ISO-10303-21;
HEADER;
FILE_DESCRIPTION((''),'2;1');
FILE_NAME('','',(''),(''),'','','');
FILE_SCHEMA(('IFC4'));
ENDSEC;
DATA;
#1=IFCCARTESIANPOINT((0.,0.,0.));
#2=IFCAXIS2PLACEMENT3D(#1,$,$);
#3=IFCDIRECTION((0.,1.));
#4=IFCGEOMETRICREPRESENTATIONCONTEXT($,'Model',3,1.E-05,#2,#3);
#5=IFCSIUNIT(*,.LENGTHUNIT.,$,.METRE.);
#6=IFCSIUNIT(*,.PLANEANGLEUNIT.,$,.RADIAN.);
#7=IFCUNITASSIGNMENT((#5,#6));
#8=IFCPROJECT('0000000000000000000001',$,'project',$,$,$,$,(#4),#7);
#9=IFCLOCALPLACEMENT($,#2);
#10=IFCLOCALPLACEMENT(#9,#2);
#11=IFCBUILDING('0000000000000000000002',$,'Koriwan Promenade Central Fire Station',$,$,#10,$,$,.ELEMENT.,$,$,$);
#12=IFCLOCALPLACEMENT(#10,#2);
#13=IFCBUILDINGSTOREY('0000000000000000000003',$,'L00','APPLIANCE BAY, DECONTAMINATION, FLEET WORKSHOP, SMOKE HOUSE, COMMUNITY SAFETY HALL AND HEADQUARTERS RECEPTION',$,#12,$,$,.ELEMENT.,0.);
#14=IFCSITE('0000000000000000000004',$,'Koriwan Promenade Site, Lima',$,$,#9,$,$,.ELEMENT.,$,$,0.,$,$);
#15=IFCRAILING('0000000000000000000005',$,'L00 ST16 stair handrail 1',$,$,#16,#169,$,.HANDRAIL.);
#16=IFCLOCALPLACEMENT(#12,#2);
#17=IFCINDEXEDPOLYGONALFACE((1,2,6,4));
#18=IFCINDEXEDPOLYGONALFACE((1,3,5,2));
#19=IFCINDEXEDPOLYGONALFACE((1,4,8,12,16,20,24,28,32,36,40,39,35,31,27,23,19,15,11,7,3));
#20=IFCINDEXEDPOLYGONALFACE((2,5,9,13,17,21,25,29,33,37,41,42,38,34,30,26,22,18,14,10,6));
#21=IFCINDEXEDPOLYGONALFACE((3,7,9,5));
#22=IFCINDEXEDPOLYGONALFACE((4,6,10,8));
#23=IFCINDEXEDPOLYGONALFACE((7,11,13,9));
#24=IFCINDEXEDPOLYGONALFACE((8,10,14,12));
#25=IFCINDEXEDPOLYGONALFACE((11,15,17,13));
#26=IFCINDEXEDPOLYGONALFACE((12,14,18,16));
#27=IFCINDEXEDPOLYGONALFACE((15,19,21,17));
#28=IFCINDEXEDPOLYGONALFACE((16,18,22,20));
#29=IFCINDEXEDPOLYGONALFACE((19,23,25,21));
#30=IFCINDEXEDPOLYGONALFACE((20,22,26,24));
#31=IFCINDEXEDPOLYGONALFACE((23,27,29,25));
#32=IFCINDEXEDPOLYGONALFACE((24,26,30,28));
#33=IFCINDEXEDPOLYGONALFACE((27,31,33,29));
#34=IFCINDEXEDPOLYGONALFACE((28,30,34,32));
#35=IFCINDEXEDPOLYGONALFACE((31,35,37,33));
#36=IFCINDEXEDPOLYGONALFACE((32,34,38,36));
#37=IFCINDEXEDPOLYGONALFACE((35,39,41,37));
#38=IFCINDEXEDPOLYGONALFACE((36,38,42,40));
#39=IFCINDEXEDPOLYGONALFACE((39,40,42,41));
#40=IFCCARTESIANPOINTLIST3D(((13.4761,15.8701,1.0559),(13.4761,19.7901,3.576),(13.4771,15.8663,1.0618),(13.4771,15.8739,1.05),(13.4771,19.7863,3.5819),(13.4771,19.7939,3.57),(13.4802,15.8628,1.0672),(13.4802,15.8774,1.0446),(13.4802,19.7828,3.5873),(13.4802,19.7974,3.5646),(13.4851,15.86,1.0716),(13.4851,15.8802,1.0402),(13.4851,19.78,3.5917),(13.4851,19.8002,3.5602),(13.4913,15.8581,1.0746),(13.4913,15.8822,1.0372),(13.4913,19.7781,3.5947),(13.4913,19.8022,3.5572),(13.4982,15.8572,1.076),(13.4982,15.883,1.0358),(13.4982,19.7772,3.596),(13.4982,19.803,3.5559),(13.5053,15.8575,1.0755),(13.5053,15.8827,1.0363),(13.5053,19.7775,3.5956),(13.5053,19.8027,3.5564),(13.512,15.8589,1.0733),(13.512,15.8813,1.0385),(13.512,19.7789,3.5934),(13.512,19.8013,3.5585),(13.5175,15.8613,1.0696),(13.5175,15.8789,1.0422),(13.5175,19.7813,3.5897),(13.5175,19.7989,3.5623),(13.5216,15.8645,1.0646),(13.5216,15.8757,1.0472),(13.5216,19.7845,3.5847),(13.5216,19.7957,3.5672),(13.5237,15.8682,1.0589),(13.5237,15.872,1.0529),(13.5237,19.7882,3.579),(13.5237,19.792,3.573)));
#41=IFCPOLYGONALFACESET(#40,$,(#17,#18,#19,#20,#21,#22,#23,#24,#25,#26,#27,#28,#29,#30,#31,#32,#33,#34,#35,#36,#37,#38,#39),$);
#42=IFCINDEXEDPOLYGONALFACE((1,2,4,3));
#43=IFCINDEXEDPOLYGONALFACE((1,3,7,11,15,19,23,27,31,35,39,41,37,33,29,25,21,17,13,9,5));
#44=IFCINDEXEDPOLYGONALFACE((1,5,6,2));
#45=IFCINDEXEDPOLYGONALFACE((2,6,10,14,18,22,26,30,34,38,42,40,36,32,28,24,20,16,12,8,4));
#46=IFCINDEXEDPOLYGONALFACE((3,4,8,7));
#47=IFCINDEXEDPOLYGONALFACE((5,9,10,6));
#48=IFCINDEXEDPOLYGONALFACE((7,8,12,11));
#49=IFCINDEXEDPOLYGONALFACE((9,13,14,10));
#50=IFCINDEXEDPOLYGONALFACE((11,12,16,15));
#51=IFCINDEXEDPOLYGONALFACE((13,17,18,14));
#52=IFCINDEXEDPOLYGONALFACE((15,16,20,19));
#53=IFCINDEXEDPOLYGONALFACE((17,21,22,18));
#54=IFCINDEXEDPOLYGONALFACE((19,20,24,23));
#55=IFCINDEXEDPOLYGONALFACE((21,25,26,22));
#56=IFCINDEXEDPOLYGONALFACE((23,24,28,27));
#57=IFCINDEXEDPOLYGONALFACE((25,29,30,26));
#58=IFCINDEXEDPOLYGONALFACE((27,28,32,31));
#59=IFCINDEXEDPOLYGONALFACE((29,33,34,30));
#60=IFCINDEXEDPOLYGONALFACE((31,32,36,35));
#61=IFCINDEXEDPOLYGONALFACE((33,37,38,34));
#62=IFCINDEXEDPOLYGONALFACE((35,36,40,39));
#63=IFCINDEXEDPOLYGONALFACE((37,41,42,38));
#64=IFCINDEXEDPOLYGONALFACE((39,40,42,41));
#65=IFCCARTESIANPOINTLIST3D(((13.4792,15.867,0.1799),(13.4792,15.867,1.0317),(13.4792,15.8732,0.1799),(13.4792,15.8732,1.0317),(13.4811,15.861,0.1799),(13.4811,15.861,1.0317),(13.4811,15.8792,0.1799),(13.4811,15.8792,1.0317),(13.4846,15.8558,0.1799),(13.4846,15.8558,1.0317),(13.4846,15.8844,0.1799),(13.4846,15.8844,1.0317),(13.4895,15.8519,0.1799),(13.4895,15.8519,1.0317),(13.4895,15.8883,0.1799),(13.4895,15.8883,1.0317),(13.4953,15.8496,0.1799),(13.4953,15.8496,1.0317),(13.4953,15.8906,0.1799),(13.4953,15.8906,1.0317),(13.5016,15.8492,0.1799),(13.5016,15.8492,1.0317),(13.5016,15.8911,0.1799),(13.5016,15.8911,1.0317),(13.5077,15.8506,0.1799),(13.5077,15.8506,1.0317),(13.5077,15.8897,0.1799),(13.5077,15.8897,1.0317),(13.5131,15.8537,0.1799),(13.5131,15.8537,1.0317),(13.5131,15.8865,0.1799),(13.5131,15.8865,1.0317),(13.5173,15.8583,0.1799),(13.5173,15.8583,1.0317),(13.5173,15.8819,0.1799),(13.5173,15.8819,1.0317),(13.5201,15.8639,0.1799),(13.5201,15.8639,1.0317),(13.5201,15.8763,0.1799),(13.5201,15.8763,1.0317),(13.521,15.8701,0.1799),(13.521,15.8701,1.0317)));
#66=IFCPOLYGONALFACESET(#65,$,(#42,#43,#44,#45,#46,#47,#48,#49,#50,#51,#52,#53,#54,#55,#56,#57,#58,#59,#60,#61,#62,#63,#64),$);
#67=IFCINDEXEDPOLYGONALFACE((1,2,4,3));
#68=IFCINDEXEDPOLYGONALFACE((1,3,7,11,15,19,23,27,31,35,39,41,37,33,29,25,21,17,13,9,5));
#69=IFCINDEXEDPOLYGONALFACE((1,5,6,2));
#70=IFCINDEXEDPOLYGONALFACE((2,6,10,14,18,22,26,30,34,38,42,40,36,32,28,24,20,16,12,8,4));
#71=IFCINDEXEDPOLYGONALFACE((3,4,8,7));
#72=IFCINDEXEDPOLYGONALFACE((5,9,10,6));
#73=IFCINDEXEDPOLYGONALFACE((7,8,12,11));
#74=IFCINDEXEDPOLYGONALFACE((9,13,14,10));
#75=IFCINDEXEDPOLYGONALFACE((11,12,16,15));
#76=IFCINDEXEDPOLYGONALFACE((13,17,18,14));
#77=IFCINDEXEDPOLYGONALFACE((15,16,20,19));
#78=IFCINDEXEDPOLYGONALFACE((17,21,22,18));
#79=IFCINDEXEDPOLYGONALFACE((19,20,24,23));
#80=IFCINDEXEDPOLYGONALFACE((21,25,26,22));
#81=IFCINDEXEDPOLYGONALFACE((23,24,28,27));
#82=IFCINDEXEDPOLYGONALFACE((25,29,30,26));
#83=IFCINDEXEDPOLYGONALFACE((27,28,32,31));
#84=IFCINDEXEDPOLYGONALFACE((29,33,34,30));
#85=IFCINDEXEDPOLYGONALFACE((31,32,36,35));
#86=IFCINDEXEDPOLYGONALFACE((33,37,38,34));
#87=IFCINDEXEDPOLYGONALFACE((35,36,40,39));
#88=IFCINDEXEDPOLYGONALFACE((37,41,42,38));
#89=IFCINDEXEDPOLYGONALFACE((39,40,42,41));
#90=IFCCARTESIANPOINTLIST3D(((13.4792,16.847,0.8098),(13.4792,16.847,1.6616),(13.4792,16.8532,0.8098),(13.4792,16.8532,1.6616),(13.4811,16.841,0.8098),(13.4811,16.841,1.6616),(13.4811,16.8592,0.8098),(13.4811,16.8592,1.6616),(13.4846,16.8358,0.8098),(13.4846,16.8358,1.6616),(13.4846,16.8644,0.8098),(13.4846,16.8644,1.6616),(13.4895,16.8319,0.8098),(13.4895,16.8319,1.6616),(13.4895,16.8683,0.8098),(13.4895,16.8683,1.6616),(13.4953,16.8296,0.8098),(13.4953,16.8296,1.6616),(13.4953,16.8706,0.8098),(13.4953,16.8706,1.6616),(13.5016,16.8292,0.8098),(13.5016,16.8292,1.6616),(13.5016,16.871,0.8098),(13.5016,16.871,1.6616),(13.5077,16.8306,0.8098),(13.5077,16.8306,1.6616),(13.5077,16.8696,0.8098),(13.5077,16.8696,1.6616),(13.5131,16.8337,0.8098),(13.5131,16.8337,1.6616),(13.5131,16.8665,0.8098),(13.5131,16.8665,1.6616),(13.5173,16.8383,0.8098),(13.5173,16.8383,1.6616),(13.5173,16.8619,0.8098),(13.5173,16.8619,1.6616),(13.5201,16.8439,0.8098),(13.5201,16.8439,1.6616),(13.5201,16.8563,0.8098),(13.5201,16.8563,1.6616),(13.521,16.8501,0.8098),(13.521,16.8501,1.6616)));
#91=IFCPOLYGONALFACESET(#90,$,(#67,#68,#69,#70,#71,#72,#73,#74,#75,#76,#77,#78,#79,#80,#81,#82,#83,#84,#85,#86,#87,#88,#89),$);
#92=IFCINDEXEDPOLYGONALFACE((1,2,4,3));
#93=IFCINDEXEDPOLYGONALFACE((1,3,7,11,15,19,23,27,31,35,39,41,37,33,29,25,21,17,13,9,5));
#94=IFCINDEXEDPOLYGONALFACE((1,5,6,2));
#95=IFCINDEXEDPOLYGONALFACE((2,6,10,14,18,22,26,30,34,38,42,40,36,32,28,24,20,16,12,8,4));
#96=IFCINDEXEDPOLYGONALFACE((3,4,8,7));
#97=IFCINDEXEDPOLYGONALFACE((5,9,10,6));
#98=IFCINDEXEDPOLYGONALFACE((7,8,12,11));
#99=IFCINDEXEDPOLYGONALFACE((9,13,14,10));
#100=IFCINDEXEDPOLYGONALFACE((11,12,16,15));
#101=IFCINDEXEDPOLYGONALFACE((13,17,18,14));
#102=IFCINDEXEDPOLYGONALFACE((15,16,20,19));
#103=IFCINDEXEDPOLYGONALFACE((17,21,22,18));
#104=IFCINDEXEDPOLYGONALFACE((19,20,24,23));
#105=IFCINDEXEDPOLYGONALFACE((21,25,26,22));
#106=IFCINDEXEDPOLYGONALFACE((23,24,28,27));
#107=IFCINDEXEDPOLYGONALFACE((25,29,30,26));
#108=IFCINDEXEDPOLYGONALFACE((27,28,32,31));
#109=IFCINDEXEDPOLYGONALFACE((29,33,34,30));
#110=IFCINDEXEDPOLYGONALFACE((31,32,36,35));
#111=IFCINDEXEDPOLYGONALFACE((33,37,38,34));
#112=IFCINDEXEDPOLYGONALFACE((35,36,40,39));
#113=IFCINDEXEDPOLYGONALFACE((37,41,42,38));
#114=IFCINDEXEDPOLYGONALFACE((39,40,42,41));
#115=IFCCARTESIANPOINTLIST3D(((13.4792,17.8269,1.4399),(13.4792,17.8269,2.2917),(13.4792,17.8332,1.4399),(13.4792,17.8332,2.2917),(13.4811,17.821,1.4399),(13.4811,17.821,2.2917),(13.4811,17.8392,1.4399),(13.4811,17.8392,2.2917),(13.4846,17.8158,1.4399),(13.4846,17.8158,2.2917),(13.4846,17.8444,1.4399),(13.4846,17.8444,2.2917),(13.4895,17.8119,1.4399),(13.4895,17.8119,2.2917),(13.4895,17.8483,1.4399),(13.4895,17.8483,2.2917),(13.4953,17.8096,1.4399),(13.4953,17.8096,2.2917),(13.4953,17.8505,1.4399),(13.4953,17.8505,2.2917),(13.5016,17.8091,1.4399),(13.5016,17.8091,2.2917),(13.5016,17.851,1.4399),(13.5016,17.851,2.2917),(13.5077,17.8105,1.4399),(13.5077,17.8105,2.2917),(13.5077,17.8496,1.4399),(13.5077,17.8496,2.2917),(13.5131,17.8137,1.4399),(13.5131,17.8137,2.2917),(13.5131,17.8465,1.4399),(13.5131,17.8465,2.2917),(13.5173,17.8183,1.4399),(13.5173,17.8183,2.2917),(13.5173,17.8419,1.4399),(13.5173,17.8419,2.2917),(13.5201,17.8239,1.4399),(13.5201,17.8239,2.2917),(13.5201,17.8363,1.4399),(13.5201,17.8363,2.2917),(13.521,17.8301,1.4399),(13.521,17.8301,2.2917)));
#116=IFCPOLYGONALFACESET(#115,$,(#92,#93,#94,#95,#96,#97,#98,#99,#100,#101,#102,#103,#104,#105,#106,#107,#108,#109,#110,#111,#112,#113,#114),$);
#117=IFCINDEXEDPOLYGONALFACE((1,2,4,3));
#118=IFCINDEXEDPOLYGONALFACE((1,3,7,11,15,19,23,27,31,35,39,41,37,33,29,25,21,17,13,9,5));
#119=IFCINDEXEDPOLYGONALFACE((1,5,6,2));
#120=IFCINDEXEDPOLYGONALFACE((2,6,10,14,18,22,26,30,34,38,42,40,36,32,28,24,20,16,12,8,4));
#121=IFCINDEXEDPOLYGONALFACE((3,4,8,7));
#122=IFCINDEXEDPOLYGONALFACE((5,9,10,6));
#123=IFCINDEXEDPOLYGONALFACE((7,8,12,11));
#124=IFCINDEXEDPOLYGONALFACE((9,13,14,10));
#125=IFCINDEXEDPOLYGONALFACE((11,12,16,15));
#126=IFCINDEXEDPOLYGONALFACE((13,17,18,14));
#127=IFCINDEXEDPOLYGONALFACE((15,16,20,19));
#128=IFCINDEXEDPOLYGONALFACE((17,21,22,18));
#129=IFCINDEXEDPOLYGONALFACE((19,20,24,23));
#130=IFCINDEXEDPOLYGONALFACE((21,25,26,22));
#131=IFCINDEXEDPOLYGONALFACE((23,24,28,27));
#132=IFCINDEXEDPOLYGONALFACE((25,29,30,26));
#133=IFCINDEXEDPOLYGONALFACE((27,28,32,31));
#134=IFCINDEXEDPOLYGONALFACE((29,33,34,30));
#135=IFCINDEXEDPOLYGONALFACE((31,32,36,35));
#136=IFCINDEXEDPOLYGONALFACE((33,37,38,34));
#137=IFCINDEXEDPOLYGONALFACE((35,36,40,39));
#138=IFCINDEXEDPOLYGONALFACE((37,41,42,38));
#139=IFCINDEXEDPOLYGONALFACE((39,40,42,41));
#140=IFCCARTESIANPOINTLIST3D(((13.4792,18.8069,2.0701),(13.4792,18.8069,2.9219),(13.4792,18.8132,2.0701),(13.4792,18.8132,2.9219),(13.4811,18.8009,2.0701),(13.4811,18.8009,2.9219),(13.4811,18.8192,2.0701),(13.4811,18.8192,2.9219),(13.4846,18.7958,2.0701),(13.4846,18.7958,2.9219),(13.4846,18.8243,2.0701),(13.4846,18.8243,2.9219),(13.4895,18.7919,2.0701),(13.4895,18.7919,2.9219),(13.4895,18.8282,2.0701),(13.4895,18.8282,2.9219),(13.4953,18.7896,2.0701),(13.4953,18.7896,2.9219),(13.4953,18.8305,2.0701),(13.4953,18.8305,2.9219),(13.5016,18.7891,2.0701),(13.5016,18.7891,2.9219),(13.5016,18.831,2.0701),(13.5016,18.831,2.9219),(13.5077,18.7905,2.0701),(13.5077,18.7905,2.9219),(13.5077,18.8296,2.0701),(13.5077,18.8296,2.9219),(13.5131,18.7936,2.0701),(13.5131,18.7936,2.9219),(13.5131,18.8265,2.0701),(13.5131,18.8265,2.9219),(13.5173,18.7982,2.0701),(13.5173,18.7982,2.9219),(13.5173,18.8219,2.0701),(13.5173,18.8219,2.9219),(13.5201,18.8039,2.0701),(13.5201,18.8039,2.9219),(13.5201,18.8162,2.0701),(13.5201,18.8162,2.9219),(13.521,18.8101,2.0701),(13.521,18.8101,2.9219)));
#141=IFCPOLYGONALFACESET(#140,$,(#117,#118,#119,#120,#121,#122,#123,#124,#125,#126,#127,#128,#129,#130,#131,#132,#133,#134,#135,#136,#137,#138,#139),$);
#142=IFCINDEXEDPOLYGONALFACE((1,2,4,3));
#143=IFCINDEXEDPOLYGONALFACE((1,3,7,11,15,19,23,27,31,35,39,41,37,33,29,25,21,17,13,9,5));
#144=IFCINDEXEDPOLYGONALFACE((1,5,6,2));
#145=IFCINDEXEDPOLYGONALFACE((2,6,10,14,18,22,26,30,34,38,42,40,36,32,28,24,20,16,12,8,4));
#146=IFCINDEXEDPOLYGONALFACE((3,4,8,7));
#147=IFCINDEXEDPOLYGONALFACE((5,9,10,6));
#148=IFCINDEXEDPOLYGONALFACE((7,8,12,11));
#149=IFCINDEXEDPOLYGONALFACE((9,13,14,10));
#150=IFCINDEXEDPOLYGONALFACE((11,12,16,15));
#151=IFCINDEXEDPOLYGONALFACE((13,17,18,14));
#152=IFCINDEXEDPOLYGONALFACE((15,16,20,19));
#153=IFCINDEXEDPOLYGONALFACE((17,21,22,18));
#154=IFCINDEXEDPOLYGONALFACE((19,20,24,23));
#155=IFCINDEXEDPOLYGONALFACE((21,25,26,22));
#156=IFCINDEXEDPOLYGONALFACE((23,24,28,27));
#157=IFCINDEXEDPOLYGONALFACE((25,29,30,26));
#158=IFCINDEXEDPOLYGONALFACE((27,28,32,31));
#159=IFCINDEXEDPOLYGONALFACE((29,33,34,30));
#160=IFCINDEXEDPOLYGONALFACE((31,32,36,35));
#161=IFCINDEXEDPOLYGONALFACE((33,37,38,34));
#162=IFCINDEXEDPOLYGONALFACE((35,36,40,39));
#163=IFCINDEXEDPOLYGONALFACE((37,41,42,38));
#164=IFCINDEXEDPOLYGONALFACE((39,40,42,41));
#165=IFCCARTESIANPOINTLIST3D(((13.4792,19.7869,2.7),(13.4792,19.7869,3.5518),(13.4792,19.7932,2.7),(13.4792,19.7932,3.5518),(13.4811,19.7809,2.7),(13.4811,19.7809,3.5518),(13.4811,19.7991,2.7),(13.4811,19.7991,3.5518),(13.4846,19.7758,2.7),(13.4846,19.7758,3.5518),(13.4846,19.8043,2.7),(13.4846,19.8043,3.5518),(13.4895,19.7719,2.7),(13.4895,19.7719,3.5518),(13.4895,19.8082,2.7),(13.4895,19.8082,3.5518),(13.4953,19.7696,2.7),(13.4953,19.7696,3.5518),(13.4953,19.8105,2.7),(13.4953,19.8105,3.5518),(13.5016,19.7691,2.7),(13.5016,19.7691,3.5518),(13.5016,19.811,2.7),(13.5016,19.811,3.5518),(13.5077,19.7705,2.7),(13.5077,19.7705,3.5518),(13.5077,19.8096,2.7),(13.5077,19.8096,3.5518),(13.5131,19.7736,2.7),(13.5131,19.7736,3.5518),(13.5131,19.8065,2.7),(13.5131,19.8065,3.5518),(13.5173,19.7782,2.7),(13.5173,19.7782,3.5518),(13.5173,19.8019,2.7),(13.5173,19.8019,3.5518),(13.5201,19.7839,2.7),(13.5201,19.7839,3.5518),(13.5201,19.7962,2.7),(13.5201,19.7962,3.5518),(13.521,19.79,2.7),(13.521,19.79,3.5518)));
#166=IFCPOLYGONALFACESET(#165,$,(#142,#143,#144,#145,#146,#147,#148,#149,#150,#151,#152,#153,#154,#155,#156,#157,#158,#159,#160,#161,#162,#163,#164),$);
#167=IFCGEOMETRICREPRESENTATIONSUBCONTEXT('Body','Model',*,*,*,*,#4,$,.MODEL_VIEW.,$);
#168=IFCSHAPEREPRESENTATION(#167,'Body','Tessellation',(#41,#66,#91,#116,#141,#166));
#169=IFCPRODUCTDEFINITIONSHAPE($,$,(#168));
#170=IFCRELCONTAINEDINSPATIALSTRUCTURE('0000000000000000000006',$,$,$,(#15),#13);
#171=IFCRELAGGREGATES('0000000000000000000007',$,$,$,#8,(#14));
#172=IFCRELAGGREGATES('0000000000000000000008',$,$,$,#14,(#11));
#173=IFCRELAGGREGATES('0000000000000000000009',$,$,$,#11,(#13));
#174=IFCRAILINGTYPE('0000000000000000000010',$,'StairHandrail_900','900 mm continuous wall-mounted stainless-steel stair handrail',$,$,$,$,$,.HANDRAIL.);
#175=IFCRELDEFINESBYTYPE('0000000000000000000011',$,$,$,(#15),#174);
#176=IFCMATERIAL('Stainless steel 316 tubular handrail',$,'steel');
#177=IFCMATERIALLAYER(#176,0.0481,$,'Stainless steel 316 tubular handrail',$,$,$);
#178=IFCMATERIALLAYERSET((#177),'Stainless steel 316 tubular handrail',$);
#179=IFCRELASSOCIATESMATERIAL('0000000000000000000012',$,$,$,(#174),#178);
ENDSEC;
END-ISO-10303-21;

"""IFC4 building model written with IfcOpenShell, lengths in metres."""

from ifc_helpers import new_model, si_unit, direction, frame, origin, origin_2d, place, context, subcontext, project, spatial, circle, extrude, material, layer, layer_set, type_object, element, save


model = new_model("IFC4")

# Units and contexts
model_context = context("Model", 3, precision=1e-05, world=origin(), true_north=direction((0.0, 1.0)))
body_context = subcontext(model_context, "Body", "Model", "MODEL_VIEW")
ifc_project = project(units=[si_unit("LENGTHUNIT", "METRE"), si_unit("PLANEANGLEUNIT", "RADIAN")], contexts=[model_context])

# Site, building, storey
site_placement = place(None, origin())
site = spatial("IfcSite", under=ifc_project, at=site_placement, Name="Koriwan Promenade Site, Lima", CompositionType="ELEMENT", RefElevation=0.0)
building_placement = place(site_placement, origin())
building = spatial("IfcBuilding", under=site, at=building_placement, Name="Koriwan Promenade Central Fire Station", CompositionType="ELEMENT")
storey_placement = place(building_placement, origin())
storey = spatial("IfcBuildingStorey", under=building, at=storey_placement, Name="L00", Description="APPLIANCE BAY, DECONTAMINATION, FLEET WORKSHOP, SMOKE HOUSE, COMMUNITY SAFETY HALL AND HEADQUARTERS RECEPTION", CompositionType="ELEMENT", Elevation=0.0)

# Railing
ifc_material_1 = material(Name="Stainless steel 316 tubular handrail", Category="steel")
ifc_layer_1 = layer(ifc_material_1, 0.0481, Name="Stainless steel 316 tubular handrail")
ifc_layer_set_1 = layer_set([ifc_layer_1], Name="Stainless steel 316 tubular handrail")
railing_type_1 = type_object("IfcRailingType", Name="StairHandrail_900", Description="900 mm continuous wall-mounted stainless-steel stair handrail", PredefinedType="HANDRAIL", material=ifc_layer_set_1)
railing_1_placement = place(storey_placement, frame((13.5, 15.8701, 0.1799)))
element("IfcRailing", 1, at=railing_1_placement, inside=storey, type_object=railing_type_1, Name="L00 ST16 stair handrail 1", PredefinedType="HANDRAIL", context=body_context, shape_type="SweptSolid", body=[
    extrude(circle(Radius=0.0239, at=origin_2d()), frame((0.0, 0.0, 0.876), z_axis=(0.0, 0.841172, 0.540768), x_axis=(-1.0, 0.0, 0.0)), (0.0, 0.0, 1.0), 4.6602),
    extrude(circle(Radius=0.021, at=origin_2d()), origin(), (0.0, 0.0, 1.0), 0.8518),
    extrude(circle(Radius=0.021, at=origin_2d()), frame((0.0, 0.98, 0.6299)), (0.0, 0.0, 1.0), 0.8518),
    extrude(circle(Radius=0.021, at=origin_2d()), frame((0.0, 1.96, 1.26)), (0.0, 0.0, 1.0), 0.8518),
    extrude(circle(Radius=0.021, at=origin_2d()), frame((0.0, 2.9399, 1.8901)), (0.0, 0.0, 1.0), 0.8518),
    extrude(circle(Radius=0.021, at=origin_2d()), frame((0.0, 3.9199, 2.52)), (0.0, 0.0, 1.0), 0.8518),
])

save(model, "model.ifc")
